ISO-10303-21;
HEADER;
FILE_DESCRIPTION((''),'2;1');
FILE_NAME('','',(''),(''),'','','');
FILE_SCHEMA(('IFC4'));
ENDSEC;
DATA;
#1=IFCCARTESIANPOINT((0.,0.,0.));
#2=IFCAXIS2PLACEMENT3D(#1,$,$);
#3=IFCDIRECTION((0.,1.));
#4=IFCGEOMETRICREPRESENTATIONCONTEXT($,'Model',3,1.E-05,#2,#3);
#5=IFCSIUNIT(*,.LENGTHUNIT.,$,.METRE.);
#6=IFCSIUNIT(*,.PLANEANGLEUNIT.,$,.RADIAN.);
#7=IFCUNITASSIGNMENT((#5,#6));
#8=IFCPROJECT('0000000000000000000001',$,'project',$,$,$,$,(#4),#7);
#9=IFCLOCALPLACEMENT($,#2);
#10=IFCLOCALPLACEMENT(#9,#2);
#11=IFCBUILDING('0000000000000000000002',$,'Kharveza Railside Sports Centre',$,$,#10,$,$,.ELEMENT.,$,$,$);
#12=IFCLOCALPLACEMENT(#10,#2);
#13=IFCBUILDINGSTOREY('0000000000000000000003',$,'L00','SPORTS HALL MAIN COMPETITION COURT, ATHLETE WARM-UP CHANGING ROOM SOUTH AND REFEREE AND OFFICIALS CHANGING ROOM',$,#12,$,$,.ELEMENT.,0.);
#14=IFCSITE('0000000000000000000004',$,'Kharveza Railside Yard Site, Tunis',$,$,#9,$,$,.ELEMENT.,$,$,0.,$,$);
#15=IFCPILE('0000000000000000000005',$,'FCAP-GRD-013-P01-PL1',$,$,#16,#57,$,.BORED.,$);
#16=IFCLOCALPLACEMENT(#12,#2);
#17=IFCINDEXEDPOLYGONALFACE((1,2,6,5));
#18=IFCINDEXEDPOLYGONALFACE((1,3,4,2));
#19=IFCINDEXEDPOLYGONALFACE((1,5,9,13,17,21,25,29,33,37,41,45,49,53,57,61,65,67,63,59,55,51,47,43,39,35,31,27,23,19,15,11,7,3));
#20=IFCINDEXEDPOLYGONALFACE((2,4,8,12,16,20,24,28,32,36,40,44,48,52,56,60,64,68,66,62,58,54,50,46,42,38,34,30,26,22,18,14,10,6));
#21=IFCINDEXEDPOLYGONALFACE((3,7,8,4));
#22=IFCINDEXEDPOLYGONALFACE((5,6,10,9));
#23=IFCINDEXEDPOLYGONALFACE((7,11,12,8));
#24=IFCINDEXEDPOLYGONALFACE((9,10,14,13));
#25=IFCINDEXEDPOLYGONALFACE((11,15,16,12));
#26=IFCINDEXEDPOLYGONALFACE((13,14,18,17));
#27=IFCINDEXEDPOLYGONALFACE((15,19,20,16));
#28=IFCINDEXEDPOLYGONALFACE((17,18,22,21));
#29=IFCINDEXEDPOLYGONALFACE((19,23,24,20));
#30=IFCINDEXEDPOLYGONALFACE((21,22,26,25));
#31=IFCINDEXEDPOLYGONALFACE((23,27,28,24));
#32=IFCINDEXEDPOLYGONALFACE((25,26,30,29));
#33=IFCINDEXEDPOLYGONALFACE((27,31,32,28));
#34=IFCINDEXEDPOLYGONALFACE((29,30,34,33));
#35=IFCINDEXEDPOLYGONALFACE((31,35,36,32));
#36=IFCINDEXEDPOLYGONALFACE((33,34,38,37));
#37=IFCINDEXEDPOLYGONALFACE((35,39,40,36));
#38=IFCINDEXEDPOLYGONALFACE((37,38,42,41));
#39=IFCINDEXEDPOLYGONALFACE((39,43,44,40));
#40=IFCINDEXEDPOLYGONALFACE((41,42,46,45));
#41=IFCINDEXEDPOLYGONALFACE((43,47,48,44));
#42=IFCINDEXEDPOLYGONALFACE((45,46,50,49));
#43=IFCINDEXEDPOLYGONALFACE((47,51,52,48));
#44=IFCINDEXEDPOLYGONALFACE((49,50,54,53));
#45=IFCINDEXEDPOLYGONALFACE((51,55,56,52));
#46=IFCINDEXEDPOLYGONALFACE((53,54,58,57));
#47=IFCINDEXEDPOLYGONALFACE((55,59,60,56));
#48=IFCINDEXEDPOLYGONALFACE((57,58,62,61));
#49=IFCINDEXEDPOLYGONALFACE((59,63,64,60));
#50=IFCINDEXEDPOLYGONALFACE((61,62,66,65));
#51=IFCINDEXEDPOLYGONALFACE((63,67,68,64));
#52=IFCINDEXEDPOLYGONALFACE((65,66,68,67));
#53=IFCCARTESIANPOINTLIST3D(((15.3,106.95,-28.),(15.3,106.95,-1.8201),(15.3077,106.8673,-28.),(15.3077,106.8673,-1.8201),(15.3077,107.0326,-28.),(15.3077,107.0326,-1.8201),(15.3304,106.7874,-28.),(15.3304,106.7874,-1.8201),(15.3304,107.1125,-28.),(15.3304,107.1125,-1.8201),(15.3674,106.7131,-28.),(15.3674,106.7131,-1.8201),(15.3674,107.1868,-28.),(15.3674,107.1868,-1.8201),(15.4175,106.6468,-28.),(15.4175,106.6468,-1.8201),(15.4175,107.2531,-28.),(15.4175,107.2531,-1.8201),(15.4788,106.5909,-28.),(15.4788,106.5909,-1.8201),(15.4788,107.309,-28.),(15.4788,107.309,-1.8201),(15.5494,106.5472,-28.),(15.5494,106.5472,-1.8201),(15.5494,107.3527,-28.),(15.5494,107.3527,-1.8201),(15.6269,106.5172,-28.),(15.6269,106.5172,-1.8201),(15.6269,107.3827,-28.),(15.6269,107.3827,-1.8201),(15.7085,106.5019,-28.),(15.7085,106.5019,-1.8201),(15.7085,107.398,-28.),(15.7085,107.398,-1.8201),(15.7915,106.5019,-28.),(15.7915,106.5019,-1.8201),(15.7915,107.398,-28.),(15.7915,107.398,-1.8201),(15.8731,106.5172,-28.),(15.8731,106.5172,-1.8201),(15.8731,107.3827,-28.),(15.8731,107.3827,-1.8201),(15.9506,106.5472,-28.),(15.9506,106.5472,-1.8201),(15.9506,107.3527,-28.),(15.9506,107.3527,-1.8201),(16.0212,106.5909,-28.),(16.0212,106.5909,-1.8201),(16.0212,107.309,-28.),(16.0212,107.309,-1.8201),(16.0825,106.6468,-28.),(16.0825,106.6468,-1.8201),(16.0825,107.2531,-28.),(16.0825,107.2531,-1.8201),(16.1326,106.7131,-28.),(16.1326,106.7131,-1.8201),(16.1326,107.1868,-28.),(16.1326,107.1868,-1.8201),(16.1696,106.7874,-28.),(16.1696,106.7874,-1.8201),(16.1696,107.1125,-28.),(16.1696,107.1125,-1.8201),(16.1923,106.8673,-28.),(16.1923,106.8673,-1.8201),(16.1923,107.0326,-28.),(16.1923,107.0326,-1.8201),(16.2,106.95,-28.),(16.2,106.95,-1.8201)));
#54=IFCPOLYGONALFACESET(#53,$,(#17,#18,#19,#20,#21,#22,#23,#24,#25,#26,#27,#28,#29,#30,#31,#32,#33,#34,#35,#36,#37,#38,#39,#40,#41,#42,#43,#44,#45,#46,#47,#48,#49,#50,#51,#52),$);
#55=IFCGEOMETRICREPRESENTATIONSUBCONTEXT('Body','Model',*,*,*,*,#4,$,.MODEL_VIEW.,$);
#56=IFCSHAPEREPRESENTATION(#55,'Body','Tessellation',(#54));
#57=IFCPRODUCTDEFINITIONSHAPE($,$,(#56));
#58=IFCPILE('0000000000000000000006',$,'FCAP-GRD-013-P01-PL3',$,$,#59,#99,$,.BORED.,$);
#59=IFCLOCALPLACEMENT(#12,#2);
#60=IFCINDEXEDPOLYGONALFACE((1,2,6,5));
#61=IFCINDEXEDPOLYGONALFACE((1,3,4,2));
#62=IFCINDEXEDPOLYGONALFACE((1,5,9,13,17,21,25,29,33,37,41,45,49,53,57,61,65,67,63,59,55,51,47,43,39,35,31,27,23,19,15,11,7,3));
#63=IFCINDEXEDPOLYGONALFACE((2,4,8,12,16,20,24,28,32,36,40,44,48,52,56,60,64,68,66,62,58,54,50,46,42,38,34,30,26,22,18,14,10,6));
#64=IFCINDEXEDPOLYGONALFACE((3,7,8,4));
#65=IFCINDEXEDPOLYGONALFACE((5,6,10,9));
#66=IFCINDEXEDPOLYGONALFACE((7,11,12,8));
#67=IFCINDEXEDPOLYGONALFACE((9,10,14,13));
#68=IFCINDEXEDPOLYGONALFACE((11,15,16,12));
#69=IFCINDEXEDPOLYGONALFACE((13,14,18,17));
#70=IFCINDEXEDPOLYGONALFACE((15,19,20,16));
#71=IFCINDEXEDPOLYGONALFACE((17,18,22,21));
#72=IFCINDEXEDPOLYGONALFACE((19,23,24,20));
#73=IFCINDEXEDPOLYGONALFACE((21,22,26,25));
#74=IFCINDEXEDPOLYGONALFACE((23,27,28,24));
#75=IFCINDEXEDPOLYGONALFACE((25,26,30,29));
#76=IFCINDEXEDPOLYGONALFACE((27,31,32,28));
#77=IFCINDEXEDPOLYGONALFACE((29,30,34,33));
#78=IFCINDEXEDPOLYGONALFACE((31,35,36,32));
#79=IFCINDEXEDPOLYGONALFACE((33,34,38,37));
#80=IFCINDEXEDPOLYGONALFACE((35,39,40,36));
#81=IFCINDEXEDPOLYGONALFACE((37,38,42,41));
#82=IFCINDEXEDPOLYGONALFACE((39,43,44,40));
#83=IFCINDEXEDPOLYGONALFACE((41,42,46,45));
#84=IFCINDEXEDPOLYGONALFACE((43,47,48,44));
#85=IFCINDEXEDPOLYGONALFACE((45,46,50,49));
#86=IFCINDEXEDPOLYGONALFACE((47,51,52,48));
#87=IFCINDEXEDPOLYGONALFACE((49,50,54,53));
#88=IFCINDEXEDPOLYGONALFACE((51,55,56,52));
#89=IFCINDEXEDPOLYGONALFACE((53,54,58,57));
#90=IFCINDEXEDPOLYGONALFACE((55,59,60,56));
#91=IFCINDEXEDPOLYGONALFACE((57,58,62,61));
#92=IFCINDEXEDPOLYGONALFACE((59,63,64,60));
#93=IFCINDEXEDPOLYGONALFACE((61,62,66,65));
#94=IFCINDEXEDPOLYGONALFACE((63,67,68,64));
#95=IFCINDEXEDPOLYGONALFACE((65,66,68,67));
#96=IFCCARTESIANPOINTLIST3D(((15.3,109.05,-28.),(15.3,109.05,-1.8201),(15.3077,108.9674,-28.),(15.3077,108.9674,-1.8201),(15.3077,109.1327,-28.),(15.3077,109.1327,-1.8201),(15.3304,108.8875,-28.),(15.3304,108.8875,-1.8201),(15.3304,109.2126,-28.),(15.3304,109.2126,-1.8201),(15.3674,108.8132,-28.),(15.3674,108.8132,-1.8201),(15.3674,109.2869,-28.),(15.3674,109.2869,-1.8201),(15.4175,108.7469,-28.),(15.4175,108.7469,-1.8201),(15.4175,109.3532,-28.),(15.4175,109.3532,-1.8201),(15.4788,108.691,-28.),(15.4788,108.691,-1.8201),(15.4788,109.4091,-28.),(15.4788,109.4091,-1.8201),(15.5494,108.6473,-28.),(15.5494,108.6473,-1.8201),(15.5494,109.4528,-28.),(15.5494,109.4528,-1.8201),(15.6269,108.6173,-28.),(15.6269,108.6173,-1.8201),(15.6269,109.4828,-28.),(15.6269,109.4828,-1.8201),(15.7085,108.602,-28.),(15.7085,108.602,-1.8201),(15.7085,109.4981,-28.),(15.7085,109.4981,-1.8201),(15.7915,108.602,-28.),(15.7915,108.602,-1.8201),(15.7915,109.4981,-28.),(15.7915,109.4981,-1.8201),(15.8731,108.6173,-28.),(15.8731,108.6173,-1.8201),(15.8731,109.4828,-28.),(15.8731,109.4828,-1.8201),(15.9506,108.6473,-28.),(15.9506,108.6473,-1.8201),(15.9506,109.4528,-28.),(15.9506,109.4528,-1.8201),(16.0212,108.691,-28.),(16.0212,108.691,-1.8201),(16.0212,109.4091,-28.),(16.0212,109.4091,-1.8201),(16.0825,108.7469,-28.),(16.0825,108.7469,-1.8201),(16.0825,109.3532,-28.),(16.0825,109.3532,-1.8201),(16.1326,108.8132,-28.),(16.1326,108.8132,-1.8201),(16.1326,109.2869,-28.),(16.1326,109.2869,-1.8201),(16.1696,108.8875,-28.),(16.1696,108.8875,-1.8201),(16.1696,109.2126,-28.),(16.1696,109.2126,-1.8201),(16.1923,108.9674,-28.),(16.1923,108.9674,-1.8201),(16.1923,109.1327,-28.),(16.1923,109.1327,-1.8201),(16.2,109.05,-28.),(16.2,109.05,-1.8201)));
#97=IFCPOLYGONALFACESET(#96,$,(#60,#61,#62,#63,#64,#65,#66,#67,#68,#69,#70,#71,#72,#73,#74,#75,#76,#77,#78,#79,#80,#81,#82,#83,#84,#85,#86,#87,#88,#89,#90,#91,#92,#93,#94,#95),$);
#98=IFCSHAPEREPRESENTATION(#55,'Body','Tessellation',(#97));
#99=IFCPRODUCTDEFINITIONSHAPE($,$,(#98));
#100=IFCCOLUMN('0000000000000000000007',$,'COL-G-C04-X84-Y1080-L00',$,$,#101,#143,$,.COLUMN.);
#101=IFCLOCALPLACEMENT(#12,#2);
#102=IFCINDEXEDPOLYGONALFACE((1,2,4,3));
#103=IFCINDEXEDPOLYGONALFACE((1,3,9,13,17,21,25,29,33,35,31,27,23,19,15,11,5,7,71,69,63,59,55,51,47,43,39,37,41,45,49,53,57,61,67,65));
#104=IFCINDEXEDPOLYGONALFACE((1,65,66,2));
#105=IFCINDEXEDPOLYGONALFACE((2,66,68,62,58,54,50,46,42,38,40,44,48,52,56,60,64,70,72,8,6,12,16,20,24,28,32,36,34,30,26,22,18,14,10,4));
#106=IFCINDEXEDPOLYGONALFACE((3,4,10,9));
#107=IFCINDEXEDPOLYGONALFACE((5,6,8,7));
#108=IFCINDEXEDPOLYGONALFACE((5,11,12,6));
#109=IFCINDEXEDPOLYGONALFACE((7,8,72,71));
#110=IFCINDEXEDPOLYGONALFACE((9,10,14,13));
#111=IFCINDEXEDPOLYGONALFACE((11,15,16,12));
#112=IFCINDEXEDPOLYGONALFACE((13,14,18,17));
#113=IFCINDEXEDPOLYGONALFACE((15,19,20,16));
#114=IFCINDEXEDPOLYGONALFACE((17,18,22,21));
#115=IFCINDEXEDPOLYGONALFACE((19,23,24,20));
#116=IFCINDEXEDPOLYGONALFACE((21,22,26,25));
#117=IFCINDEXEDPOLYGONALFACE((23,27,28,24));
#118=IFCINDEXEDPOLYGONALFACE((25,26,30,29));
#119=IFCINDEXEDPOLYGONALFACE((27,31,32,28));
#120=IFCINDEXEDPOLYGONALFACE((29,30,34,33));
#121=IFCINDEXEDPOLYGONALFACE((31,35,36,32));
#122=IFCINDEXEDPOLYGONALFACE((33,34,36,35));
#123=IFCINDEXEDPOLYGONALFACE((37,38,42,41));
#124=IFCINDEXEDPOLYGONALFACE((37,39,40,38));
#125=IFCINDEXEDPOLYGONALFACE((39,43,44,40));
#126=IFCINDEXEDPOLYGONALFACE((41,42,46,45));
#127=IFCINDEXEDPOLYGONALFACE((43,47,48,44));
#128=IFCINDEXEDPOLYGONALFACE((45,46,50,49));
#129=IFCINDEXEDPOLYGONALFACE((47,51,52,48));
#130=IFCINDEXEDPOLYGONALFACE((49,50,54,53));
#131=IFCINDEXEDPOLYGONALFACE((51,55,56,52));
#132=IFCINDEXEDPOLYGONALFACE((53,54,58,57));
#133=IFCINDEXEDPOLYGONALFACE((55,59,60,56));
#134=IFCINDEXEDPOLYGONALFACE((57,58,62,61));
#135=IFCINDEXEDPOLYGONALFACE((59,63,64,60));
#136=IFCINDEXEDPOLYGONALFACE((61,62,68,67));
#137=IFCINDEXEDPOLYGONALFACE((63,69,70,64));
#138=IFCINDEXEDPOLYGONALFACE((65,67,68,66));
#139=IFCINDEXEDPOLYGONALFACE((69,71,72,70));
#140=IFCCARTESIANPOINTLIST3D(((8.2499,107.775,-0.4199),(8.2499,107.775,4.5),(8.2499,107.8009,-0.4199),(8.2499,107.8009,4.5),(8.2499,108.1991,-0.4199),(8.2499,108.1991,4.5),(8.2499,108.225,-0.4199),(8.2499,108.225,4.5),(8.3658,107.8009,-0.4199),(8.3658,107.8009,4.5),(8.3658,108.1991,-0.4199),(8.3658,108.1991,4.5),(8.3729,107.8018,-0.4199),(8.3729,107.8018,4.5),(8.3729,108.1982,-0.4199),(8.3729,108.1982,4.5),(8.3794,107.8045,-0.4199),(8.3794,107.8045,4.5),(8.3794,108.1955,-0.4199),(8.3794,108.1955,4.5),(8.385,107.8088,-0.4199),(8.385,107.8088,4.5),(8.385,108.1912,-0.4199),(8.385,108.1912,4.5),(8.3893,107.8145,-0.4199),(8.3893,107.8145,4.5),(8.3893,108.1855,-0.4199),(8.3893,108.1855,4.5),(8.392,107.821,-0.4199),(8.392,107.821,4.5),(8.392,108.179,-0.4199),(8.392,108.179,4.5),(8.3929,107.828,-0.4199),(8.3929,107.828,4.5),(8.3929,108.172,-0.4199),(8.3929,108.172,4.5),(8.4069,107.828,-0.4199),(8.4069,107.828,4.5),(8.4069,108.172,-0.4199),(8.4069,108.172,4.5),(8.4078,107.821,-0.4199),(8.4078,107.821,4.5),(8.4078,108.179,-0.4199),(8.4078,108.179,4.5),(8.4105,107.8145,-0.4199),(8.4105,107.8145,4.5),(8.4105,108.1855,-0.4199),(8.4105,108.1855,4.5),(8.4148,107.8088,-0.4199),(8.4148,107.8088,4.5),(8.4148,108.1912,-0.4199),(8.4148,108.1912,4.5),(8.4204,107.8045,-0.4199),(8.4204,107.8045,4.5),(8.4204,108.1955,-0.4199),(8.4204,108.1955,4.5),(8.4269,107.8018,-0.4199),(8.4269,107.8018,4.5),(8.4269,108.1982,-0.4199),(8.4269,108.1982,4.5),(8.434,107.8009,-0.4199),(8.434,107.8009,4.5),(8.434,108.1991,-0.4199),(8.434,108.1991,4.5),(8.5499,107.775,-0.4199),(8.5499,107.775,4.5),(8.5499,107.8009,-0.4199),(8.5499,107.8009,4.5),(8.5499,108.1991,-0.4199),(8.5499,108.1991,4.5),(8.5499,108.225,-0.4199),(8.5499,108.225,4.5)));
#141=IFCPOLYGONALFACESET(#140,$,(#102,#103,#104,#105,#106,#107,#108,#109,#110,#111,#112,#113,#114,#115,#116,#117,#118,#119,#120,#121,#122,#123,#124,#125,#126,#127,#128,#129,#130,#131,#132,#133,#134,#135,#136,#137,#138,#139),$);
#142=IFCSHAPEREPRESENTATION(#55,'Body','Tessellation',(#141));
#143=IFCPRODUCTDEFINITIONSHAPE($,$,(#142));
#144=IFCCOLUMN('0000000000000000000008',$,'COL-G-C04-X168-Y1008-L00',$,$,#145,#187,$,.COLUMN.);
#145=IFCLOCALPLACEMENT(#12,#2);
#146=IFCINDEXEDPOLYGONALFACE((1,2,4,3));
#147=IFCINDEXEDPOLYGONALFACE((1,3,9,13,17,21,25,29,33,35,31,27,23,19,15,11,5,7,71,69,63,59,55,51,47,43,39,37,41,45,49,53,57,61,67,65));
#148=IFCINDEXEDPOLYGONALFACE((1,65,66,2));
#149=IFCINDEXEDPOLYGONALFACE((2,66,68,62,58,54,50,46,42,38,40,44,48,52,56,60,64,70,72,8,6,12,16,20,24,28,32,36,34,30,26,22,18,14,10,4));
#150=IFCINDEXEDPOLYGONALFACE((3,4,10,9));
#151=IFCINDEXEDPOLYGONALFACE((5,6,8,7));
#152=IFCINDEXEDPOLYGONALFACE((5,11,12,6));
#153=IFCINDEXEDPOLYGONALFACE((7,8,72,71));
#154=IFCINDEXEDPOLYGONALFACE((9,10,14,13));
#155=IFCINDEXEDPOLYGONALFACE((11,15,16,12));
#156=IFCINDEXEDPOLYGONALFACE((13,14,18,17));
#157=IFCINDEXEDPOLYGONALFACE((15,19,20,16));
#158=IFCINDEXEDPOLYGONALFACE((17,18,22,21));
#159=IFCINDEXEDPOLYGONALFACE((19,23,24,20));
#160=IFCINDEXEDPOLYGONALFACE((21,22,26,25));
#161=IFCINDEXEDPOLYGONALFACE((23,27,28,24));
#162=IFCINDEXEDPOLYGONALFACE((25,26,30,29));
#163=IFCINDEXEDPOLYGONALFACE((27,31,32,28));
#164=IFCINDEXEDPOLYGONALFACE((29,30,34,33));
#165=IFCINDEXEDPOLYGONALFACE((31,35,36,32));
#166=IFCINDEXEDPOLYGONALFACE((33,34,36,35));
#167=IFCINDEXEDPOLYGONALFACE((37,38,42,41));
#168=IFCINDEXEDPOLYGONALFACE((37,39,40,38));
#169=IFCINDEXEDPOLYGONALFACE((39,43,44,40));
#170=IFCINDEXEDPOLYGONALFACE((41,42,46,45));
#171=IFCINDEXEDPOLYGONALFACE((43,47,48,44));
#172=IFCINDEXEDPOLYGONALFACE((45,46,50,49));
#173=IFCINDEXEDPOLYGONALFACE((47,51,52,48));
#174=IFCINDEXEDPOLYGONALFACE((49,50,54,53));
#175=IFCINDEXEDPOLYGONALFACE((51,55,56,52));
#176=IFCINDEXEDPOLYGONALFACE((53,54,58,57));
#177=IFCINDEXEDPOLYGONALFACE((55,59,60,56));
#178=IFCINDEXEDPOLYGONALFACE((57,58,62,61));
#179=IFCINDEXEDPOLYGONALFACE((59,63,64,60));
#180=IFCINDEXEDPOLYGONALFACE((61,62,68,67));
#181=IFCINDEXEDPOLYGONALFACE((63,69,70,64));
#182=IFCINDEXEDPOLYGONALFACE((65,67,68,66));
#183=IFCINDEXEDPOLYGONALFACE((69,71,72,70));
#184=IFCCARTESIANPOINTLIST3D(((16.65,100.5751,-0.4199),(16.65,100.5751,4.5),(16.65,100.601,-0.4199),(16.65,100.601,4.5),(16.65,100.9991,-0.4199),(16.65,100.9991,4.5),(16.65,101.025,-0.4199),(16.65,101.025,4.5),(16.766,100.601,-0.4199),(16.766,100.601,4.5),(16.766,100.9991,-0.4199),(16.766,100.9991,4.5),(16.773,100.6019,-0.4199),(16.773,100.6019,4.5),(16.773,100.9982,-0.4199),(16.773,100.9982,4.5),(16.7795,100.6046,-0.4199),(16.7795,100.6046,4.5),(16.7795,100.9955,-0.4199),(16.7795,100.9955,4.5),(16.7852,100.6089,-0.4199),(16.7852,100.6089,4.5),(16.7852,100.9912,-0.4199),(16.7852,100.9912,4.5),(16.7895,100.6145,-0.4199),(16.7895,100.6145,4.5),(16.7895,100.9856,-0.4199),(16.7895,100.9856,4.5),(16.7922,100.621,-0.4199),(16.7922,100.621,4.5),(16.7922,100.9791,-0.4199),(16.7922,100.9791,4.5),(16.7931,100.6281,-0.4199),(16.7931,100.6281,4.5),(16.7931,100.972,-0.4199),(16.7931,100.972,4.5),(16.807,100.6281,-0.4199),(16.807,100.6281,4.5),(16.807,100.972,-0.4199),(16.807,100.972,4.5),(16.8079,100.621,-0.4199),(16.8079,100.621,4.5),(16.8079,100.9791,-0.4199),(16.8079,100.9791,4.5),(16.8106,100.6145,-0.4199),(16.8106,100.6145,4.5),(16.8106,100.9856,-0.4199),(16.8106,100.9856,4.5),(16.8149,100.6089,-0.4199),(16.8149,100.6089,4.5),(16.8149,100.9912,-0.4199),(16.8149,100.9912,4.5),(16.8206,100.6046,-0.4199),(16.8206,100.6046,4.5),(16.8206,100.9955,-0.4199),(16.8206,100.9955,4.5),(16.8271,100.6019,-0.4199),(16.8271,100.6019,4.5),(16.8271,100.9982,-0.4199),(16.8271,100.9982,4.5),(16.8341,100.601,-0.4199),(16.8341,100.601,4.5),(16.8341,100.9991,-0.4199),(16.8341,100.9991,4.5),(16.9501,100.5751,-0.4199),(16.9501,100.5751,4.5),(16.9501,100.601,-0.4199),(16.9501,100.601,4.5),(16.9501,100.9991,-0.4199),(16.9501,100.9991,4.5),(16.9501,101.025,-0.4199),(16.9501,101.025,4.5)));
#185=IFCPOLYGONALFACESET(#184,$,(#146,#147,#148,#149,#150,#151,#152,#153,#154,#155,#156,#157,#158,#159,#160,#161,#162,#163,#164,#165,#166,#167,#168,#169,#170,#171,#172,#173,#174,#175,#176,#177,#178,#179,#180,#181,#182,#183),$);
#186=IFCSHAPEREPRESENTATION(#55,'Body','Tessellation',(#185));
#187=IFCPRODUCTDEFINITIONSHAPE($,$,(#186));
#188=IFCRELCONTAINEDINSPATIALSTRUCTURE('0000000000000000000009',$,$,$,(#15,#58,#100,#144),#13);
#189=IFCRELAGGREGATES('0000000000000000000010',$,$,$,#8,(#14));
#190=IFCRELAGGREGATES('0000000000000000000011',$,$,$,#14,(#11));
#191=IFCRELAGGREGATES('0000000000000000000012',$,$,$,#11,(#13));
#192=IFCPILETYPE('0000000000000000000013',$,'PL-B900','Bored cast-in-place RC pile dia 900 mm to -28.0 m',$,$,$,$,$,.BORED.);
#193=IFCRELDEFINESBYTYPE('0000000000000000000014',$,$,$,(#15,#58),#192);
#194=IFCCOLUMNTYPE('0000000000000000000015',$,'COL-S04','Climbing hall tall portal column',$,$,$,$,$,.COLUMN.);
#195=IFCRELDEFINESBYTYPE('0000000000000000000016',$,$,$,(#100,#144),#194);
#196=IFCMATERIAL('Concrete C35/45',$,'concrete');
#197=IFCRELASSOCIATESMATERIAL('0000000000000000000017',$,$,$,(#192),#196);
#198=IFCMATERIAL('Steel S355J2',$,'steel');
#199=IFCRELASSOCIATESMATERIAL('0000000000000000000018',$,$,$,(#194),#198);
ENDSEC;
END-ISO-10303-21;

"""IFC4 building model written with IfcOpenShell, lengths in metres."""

from ifc_helpers import new_model, si_unit, direction, frame, origin, origin_2d, place, context, subcontext, project, spatial, circle, i_section, extrude, material, material_profile, profile_set, type_object, element, save


model = new_model("IFC4")

# Units and contexts
model_context = context("Model", 3, precision=1e-05, world=origin(), true_north=direction((0.0, 1.0)))
body_context = subcontext(model_context, "Body", "Model", "MODEL_VIEW")
ifc_project = project(units=[si_unit("LENGTHUNIT", "METRE"), si_unit("PLANEANGLEUNIT", "RADIAN")], contexts=[model_context])

# Site, building, storey
site_placement = place(None, origin())
site = spatial("IfcSite", under=ifc_project, at=site_placement, Name="Kharveza Railside Yard Site, Tunis", CompositionType="ELEMENT", RefElevation=0.0)
building_placement = place(site_placement, origin())
building = spatial("IfcBuilding", under=site, at=building_placement, Name="Kharveza Railside Sports Centre", CompositionType="ELEMENT")
storey_placement = place(building_placement, origin())
storey = spatial("IfcBuildingStorey", under=building, at=storey_placement, Name="L00", Description="SPORTS HALL MAIN COMPETITION COURT, ATHLETE WARM-UP CHANGING ROOM SOUTH AND REFEREE AND OFFICIALS CHANGING ROOM", CompositionType="ELEMENT", Elevation=0.0)

# Shared definitions
ifc_material_1 = material(Name="Concrete C35/45", Category="concrete")

# Piles
ifc_material_profile_1 = material_profile(ifc_material_1, circle(Radius=0.45, at=origin_2d()), Name="PILE D900")
ifc_profile_set_1 = profile_set([ifc_material_profile_1], Name="Concrete C35/45")
pile_type_1 = type_object("IfcPileType", Name="PL-B900", Description="Bored cast-in-place RC pile dia 900 mm to -28.0 m", PredefinedType="BORED", material=ifc_profile_set_1)
for number, where, z_axis, x_axis, name in (
    (1, (15.75, 106.95, -1.8201), (0.0, 0.0, -1.0), (1.0, 0.0, 0.0), "FCAP-GRD-013-P01-PL1"),
    (2, (15.75, 109.05, -1.8201), (0.0, 0.0, -1.0), (1.0, 0.0, 0.0), "FCAP-GRD-013-P01-PL3"),
):
    element("IfcPile", number, at=place(storey_placement, frame(where, z_axis=z_axis, x_axis=x_axis)), inside=storey, type_object=pile_type_1, Name=name, PredefinedType="BORED", context=body_context, shape_type="SweptSolid", body=[
        extrude(circle(Radius=0.45, at=origin_2d()), origin(), (0.0, 0.0, 1.0), 26.1799),
    ])

# Columns
ifc_material_2 = material(Name="Steel S355J2", Category="steel")
ifc_material_profile_2 = material_profile(ifc_material_2, i_section(OverallWidth=0.3, OverallDepth=0.45, WebThickness=0.0139, FlangeThickness=0.0259, FilletRadius=0.0271, at=origin_2d()), Name="HEB 450")
ifc_profile_set_2 = profile_set([ifc_material_profile_2], Name="Steel S355J2")
column_type = type_object("IfcColumnType", Name="COL-S04", Description="Climbing hall tall portal column", PredefinedType="COLUMN", material=ifc_profile_set_2)
for number, where, z_axis, x_axis, name in (
    (3, (8.3999, 108.0, -0.4199), (0.0, 0.0, 1.0), (1.0, 0.0, 0.0), "COL-G-C04-X84-Y1080-L00"),
    (4, (16.8, 100.8, -0.4199), (0.0, 0.0, 1.0), (1.0, 0.0, 0.0), "COL-G-C04-X168-Y1008-L00"),
):
    element("IfcColumn", number, at=place(storey_placement, frame(where, z_axis=z_axis, x_axis=x_axis)), inside=storey, type_object=column_type, Name=name, PredefinedType="COLUMN", context=body_context, shape_type="SweptSolid", body=[
        extrude(i_section(OverallWidth=0.3, OverallDepth=0.45, WebThickness=0.0139, FlangeThickness=0.0259, FilletRadius=0.0271, at=origin_2d()), origin(), (0.0, 0.0, 1.0), 4.9199),
    ])

save(model, "model.ifc")
